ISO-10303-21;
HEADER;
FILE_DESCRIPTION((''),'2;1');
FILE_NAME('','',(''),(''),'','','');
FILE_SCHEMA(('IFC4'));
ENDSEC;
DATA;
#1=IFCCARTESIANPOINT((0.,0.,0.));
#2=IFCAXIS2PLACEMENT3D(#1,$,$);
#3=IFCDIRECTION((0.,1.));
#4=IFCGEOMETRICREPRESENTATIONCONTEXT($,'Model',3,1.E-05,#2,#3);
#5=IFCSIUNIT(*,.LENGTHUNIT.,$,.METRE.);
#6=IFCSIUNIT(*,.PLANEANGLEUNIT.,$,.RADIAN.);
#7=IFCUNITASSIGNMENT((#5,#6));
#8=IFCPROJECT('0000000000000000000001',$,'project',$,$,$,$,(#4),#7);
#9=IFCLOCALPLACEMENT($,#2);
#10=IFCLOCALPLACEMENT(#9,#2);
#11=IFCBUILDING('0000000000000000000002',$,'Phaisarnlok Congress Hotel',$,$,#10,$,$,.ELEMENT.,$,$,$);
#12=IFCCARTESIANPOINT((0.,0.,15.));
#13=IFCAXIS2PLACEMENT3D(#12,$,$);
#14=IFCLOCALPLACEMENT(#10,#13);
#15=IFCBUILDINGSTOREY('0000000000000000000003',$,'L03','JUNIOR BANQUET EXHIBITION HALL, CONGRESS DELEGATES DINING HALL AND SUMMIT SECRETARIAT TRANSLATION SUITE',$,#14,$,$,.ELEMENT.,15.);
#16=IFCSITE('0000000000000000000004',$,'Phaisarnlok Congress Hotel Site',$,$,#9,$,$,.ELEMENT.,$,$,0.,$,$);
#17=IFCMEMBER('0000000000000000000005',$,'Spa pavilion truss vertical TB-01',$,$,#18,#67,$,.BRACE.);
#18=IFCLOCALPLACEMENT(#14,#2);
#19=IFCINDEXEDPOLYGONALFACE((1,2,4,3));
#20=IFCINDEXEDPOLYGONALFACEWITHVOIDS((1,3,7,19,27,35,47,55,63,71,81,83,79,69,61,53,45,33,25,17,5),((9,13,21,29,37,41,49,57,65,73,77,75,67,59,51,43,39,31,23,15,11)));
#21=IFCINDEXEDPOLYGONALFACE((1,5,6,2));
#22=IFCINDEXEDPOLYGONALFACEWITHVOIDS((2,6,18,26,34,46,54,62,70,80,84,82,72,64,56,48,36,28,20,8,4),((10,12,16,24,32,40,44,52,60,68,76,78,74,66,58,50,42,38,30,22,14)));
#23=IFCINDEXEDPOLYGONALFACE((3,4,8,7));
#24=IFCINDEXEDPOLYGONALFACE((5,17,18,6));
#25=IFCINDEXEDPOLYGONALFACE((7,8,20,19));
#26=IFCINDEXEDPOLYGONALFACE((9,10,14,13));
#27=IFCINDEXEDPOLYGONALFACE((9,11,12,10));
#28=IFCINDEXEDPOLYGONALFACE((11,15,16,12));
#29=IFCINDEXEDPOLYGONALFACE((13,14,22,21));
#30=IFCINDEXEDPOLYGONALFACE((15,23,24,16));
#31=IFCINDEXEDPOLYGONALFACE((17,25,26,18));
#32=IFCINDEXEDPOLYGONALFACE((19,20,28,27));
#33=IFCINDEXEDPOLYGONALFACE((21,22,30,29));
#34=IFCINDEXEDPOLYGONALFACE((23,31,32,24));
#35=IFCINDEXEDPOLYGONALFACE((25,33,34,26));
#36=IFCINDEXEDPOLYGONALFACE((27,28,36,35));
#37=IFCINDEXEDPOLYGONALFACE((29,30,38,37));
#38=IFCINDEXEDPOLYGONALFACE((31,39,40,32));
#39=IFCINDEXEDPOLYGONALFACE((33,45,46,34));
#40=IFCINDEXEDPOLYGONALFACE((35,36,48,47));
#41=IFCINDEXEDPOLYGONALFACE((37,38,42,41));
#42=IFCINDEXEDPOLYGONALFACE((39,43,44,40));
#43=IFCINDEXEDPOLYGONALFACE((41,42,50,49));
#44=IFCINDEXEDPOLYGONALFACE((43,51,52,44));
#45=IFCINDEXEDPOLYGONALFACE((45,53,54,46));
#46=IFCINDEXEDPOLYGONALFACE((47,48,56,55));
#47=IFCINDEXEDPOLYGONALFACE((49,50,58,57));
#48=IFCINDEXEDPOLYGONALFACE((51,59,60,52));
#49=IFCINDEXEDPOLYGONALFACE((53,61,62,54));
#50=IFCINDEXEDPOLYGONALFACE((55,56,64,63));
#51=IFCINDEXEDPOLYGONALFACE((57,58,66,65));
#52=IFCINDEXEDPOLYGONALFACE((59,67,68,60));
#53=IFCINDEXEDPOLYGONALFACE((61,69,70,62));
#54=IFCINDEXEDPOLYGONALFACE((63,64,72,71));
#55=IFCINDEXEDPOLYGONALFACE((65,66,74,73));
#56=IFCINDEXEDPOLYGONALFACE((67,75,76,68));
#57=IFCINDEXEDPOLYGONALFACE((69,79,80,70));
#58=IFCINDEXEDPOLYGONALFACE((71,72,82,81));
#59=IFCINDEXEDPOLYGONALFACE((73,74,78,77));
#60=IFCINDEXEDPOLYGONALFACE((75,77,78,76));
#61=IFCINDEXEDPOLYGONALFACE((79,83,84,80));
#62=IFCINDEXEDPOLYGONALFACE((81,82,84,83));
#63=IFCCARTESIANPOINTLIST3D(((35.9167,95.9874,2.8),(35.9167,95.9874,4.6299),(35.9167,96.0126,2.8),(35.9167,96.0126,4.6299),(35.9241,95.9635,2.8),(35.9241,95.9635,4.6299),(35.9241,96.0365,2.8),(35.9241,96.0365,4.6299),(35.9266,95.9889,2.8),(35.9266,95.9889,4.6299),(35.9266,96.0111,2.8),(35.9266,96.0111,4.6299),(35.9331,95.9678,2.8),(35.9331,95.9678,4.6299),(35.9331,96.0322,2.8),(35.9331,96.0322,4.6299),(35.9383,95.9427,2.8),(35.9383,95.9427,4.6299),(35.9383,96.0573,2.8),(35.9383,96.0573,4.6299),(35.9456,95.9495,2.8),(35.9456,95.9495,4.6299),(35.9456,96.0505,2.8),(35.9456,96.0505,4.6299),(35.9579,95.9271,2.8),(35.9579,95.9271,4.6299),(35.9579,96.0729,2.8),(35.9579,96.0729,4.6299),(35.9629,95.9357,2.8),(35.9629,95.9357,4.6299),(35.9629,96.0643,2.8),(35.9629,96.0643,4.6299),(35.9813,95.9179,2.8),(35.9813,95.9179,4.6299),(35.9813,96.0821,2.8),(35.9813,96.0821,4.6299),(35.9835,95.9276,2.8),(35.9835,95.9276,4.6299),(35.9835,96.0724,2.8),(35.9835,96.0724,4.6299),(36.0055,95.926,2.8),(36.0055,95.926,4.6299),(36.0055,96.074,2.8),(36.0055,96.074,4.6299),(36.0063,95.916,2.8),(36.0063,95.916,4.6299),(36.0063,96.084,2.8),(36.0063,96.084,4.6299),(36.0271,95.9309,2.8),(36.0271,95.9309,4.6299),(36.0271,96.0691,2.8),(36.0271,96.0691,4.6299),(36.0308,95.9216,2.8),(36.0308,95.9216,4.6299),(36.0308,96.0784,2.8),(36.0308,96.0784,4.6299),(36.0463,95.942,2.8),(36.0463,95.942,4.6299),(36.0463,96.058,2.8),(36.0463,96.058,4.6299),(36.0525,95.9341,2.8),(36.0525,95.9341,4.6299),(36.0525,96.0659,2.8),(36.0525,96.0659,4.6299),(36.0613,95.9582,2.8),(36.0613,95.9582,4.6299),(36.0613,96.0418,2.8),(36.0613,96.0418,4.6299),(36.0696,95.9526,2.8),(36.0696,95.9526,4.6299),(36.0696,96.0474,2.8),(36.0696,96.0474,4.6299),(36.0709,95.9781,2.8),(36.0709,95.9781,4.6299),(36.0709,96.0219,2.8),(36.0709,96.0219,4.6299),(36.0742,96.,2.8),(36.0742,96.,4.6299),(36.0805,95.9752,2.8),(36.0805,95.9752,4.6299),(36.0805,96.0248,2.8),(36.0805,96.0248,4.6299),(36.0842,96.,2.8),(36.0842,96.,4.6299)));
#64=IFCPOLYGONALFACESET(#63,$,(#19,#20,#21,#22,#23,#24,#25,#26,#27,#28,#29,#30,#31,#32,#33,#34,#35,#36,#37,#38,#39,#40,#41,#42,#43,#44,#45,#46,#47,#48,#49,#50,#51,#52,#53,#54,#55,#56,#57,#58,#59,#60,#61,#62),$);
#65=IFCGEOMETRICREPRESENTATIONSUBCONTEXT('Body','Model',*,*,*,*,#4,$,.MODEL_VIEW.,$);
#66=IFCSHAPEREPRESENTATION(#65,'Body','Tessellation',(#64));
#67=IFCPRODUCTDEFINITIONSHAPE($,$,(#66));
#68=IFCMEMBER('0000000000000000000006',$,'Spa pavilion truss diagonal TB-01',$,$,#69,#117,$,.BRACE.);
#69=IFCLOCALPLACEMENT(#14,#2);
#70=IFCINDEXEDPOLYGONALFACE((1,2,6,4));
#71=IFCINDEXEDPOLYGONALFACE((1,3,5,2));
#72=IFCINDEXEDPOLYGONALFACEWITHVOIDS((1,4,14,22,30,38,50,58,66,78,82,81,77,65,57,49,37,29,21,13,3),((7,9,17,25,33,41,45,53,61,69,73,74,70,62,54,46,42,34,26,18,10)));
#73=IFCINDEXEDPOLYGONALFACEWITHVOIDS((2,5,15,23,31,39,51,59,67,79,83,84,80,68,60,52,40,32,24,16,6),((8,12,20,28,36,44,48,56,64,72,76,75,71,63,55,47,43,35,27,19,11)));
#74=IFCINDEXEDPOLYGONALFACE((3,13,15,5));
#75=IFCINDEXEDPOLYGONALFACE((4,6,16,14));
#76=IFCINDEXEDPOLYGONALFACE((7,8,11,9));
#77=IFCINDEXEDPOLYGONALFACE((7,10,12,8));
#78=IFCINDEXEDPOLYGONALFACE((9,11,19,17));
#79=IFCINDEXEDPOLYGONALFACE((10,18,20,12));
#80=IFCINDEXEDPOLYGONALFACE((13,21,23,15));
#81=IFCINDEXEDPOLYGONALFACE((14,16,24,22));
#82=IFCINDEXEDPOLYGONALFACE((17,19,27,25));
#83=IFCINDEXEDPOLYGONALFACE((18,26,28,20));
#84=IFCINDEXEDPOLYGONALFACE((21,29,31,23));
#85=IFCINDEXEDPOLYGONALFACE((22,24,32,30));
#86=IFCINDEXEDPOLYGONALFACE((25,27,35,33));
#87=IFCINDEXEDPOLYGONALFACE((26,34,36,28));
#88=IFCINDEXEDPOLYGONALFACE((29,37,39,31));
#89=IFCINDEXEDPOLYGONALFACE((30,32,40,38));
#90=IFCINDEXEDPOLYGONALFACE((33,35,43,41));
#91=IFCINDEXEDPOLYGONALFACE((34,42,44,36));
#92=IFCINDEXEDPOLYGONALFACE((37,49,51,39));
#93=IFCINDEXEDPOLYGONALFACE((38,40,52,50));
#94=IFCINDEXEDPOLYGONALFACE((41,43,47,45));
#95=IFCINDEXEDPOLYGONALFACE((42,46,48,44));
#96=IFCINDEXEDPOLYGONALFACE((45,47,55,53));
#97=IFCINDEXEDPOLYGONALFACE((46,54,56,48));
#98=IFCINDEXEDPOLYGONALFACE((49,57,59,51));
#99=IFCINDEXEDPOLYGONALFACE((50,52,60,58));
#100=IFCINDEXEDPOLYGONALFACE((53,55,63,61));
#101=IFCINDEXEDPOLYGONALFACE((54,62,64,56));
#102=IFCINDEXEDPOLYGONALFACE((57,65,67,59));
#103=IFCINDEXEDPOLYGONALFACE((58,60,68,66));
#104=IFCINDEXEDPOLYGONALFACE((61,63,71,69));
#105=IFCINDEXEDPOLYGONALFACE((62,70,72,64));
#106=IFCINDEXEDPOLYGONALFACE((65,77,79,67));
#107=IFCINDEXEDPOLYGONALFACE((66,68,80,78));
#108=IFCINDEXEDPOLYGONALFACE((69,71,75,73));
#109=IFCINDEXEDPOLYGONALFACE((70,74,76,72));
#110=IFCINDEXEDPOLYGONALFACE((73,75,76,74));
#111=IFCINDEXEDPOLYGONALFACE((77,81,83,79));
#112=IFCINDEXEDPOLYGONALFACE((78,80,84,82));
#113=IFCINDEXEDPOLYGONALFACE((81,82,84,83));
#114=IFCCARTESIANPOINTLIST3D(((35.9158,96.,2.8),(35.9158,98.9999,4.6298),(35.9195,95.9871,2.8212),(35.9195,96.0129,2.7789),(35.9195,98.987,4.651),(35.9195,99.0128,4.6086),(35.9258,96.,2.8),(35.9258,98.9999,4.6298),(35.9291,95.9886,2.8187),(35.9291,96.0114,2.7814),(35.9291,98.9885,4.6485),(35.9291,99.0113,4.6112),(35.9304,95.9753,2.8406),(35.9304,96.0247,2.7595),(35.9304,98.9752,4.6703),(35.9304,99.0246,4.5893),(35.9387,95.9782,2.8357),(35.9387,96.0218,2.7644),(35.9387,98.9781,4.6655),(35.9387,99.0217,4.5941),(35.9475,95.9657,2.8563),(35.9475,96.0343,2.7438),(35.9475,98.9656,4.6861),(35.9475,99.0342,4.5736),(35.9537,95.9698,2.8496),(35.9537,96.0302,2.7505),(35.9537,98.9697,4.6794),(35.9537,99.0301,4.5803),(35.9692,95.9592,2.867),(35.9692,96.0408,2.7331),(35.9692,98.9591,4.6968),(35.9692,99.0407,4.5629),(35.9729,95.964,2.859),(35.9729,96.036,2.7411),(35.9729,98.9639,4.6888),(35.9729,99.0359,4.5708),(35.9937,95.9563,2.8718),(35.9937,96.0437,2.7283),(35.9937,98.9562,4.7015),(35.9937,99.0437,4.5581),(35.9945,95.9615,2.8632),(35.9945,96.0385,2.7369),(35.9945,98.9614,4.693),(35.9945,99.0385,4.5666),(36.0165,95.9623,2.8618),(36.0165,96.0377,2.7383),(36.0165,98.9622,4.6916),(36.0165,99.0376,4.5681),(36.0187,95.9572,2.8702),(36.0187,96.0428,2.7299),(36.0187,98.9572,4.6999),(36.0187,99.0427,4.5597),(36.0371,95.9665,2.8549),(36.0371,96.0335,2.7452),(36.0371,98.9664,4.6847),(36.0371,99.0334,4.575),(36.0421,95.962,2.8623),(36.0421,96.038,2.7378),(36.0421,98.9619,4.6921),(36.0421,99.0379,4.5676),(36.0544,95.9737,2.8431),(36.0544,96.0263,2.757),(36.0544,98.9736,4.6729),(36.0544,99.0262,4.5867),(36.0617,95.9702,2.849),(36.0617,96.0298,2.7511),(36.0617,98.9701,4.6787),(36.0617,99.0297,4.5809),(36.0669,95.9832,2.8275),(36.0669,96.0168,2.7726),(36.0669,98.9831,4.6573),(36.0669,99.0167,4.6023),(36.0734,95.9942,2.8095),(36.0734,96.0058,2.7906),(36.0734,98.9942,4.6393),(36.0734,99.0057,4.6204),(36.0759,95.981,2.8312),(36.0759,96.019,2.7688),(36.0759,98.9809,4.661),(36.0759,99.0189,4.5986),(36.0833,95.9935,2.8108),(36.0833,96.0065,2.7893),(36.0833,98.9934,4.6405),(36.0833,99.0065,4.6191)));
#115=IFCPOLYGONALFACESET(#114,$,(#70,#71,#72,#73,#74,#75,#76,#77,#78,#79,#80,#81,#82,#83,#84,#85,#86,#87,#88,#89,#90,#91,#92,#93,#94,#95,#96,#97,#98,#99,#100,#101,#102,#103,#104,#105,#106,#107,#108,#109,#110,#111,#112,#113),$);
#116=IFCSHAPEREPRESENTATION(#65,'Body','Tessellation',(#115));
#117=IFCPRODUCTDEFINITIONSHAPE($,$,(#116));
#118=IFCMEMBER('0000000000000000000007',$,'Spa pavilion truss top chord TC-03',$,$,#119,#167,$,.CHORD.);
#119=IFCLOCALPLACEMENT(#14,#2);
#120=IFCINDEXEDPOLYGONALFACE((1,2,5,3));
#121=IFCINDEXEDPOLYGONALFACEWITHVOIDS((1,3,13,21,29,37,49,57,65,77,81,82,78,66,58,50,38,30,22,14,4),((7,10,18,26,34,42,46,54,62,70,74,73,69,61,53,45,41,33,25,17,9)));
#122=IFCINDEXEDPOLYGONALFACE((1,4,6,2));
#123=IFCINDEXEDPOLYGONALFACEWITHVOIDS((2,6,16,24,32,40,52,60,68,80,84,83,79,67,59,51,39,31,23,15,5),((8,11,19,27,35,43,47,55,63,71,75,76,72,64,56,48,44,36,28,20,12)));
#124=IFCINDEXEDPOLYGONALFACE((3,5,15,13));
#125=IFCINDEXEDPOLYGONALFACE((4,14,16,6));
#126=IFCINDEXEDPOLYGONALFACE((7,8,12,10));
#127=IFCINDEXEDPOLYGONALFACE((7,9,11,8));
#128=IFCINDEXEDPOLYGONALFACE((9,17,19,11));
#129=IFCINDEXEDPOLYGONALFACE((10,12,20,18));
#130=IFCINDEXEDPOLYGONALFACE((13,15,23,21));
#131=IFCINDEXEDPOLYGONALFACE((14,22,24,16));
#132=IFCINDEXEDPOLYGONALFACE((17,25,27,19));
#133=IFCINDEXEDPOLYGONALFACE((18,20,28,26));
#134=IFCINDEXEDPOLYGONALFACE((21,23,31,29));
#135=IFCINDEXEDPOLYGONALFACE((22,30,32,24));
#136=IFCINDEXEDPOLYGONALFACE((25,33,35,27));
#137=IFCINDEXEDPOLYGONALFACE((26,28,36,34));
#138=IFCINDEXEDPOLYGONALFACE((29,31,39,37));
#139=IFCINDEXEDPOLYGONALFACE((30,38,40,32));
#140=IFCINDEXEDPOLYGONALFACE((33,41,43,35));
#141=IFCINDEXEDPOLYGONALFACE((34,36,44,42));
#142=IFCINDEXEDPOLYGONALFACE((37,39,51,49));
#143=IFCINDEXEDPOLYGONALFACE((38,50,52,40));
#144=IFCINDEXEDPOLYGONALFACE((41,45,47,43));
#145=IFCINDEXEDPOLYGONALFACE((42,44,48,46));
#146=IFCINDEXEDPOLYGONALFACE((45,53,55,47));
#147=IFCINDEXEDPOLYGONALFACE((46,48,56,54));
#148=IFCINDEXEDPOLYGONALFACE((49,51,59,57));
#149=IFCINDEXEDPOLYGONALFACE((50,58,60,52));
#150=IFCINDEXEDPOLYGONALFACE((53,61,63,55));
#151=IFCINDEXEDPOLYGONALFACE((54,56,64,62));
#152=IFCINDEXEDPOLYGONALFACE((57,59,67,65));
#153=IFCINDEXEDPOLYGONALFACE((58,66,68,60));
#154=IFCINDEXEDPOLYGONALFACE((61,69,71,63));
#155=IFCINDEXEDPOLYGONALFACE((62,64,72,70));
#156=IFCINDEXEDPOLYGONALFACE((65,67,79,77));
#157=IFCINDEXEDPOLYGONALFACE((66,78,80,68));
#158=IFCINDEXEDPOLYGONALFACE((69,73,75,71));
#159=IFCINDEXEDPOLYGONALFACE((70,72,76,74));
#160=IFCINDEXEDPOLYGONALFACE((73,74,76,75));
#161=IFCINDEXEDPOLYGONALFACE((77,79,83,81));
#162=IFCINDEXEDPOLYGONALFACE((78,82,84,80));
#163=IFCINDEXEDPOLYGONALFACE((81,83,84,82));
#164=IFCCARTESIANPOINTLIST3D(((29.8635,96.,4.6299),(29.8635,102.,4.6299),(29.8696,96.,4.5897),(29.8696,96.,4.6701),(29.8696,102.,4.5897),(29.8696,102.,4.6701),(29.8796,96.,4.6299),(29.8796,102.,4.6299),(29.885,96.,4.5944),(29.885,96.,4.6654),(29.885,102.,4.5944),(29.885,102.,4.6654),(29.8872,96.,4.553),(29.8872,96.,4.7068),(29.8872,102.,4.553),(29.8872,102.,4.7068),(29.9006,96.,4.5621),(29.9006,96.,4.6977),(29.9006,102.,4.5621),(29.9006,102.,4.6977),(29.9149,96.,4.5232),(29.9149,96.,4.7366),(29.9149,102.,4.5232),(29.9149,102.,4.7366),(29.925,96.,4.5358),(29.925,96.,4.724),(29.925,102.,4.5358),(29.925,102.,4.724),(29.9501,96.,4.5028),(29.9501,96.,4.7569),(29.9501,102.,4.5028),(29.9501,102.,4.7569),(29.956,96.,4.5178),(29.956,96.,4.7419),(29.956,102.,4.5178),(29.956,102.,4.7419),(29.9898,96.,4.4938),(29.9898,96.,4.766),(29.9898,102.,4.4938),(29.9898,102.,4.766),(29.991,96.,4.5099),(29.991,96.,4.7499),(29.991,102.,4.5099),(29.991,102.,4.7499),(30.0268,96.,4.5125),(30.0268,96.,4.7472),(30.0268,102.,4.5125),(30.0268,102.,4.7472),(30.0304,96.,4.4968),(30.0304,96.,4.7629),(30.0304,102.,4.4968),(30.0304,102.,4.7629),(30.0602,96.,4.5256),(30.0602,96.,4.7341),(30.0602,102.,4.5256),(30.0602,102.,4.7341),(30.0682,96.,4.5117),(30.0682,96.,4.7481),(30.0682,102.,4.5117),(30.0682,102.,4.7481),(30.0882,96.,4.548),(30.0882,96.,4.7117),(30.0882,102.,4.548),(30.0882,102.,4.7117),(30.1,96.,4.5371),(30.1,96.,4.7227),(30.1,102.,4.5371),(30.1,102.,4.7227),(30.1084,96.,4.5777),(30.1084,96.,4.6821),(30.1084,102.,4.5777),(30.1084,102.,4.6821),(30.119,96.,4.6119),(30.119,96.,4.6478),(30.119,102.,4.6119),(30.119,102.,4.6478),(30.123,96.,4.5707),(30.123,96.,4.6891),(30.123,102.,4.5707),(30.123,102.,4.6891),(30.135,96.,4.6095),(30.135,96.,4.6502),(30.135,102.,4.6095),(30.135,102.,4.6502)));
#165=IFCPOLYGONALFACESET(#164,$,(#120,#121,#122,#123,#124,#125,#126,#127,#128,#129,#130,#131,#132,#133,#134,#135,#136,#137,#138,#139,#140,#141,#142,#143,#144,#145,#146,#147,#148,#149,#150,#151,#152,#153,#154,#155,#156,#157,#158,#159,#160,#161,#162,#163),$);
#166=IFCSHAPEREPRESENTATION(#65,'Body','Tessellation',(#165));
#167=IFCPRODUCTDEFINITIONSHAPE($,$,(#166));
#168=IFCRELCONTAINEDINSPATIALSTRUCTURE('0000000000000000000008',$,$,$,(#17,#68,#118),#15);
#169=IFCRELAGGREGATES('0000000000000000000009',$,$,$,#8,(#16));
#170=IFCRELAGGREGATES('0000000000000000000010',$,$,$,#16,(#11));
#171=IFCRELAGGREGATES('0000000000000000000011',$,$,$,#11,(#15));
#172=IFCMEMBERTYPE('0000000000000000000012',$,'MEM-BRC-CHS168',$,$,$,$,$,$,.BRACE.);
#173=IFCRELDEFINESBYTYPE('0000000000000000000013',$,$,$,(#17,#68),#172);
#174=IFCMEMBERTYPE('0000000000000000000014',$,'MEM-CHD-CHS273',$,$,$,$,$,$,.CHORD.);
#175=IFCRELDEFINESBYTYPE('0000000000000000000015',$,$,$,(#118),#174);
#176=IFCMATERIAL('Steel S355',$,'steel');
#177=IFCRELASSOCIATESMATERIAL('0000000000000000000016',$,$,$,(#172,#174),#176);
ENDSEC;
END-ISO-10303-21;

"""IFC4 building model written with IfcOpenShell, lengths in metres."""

from ifc_helpers import new_model, si_unit, direction, frame, origin, origin_2d, place, context, subcontext, project, spatial, hollow_circle, extrude, material, material_profile, profile_set, type_object, element, save


model = new_model("IFC4")

# Units and contexts
model_context = context("Model", 3, precision=1e-05, world=origin(), true_north=direction((0.0, 1.0)))
body_context = subcontext(model_context, "Body", "Model", "MODEL_VIEW")
ifc_project = project(units=[si_unit("LENGTHUNIT", "METRE"), si_unit("PLANEANGLEUNIT", "RADIAN")], contexts=[model_context])

# Site, building, storey
site_placement = place(None, origin())
site = spatial("IfcSite", under=ifc_project, at=site_placement, Name="Phaisarnlok Congress Hotel Site", CompositionType="ELEMENT", RefElevation=0.0)
building_placement = place(site_placement, origin())
building = spatial("IfcBuilding", under=site, at=building_placement, Name="Phaisarnlok Congress Hotel", CompositionType="ELEMENT")
storey_placement = place(building_placement, frame((0.0, 0.0, 15.0)))
storey = spatial("IfcBuildingStorey", under=building, at=storey_placement, Name="L03", Description="JUNIOR BANQUET EXHIBITION HALL, CONGRESS DELEGATES DINING HALL AND SUMMIT SECRETARIAT TRANSLATION SUITE", CompositionType="ELEMENT", Elevation=15.0)

# Members
ifc_material = material(Name="Steel S355", Category="steel")
ifc_material_profile_1 = material_profile(ifc_material, hollow_circle(Radius=0.0842, WallThickness=0.01, at=origin_2d()), Name="CHS 168.3x10")
ifc_profile_set_1 = profile_set([ifc_material_profile_1], Name="Steel S355")
member_type_1 = type_object("IfcMemberType", Name="MEM-BRC-CHS168", PredefinedType="BRACE", material=ifc_profile_set_1)
member_1_placement = place(storey_placement, frame((36.0, 96.0, 2.8), z_axis=(0.0, 0.0, 1.0), x_axis=(1.0, 0.0, 0.0)))
element("IfcMember", 1, at=member_1_placement, inside=storey, type_object=member_type_1, Name="Spa pavilion truss vertical TB-01", PredefinedType="BRACE", context=body_context, shape_type="SweptSolid", body=[
    extrude(hollow_circle(Radius=0.0842, WallThickness=0.01, at=origin_2d()), origin(), (0.0, 0.0, 1.0), 1.8298),
])
member_2_placement = place(storey_placement, frame((36.0, 96.0, 2.8), z_axis=(0.0, 0.853725, 0.520725), x_axis=(-1.0, 0.0, 0.0)))
element("IfcMember", 2, at=member_2_placement, inside=storey, type_object=member_type_1, Name="Spa pavilion truss diagonal TB-01", PredefinedType="BRACE", context=body_context, shape_type="SweptSolid", body=[
    extrude(hollow_circle(Radius=0.0842, WallThickness=0.01, at=origin_2d()), origin(), (0.0, 0.0, 1.0), 3.5139),
])
ifc_material_profile_2 = material_profile(ifc_material, hollow_circle(Radius=0.1365, WallThickness=0.0161, at=origin_2d()), Name="CHS 273x16")
ifc_profile_set_2 = profile_set([ifc_material_profile_2], Name="Steel S355")
member_type_2 = type_object("IfcMemberType", Name="MEM-CHD-CHS273", PredefinedType="CHORD", material=ifc_profile_set_2)
for number, where, z_axis, x_axis, name in (
    (3, (30.0, 96.0, 4.6299), (0.0, 1.0, 0.0), (-1.0, 0.0, 0.0), "Spa pavilion truss top chord TC-03"),
):
    element("IfcMember", number, at=place(storey_placement, frame(where, z_axis=z_axis, x_axis=x_axis)), inside=storey, type_object=member_type_2, Name=name, PredefinedType="CHORD", context=body_context, shape_type="SweptSolid", body=[
        extrude(hollow_circle(Radius=0.1365, WallThickness=0.0161, at=origin_2d()), origin(), (0.0, 0.0, 1.0), 6.0),
    ])

save(model, "model.ifc")
